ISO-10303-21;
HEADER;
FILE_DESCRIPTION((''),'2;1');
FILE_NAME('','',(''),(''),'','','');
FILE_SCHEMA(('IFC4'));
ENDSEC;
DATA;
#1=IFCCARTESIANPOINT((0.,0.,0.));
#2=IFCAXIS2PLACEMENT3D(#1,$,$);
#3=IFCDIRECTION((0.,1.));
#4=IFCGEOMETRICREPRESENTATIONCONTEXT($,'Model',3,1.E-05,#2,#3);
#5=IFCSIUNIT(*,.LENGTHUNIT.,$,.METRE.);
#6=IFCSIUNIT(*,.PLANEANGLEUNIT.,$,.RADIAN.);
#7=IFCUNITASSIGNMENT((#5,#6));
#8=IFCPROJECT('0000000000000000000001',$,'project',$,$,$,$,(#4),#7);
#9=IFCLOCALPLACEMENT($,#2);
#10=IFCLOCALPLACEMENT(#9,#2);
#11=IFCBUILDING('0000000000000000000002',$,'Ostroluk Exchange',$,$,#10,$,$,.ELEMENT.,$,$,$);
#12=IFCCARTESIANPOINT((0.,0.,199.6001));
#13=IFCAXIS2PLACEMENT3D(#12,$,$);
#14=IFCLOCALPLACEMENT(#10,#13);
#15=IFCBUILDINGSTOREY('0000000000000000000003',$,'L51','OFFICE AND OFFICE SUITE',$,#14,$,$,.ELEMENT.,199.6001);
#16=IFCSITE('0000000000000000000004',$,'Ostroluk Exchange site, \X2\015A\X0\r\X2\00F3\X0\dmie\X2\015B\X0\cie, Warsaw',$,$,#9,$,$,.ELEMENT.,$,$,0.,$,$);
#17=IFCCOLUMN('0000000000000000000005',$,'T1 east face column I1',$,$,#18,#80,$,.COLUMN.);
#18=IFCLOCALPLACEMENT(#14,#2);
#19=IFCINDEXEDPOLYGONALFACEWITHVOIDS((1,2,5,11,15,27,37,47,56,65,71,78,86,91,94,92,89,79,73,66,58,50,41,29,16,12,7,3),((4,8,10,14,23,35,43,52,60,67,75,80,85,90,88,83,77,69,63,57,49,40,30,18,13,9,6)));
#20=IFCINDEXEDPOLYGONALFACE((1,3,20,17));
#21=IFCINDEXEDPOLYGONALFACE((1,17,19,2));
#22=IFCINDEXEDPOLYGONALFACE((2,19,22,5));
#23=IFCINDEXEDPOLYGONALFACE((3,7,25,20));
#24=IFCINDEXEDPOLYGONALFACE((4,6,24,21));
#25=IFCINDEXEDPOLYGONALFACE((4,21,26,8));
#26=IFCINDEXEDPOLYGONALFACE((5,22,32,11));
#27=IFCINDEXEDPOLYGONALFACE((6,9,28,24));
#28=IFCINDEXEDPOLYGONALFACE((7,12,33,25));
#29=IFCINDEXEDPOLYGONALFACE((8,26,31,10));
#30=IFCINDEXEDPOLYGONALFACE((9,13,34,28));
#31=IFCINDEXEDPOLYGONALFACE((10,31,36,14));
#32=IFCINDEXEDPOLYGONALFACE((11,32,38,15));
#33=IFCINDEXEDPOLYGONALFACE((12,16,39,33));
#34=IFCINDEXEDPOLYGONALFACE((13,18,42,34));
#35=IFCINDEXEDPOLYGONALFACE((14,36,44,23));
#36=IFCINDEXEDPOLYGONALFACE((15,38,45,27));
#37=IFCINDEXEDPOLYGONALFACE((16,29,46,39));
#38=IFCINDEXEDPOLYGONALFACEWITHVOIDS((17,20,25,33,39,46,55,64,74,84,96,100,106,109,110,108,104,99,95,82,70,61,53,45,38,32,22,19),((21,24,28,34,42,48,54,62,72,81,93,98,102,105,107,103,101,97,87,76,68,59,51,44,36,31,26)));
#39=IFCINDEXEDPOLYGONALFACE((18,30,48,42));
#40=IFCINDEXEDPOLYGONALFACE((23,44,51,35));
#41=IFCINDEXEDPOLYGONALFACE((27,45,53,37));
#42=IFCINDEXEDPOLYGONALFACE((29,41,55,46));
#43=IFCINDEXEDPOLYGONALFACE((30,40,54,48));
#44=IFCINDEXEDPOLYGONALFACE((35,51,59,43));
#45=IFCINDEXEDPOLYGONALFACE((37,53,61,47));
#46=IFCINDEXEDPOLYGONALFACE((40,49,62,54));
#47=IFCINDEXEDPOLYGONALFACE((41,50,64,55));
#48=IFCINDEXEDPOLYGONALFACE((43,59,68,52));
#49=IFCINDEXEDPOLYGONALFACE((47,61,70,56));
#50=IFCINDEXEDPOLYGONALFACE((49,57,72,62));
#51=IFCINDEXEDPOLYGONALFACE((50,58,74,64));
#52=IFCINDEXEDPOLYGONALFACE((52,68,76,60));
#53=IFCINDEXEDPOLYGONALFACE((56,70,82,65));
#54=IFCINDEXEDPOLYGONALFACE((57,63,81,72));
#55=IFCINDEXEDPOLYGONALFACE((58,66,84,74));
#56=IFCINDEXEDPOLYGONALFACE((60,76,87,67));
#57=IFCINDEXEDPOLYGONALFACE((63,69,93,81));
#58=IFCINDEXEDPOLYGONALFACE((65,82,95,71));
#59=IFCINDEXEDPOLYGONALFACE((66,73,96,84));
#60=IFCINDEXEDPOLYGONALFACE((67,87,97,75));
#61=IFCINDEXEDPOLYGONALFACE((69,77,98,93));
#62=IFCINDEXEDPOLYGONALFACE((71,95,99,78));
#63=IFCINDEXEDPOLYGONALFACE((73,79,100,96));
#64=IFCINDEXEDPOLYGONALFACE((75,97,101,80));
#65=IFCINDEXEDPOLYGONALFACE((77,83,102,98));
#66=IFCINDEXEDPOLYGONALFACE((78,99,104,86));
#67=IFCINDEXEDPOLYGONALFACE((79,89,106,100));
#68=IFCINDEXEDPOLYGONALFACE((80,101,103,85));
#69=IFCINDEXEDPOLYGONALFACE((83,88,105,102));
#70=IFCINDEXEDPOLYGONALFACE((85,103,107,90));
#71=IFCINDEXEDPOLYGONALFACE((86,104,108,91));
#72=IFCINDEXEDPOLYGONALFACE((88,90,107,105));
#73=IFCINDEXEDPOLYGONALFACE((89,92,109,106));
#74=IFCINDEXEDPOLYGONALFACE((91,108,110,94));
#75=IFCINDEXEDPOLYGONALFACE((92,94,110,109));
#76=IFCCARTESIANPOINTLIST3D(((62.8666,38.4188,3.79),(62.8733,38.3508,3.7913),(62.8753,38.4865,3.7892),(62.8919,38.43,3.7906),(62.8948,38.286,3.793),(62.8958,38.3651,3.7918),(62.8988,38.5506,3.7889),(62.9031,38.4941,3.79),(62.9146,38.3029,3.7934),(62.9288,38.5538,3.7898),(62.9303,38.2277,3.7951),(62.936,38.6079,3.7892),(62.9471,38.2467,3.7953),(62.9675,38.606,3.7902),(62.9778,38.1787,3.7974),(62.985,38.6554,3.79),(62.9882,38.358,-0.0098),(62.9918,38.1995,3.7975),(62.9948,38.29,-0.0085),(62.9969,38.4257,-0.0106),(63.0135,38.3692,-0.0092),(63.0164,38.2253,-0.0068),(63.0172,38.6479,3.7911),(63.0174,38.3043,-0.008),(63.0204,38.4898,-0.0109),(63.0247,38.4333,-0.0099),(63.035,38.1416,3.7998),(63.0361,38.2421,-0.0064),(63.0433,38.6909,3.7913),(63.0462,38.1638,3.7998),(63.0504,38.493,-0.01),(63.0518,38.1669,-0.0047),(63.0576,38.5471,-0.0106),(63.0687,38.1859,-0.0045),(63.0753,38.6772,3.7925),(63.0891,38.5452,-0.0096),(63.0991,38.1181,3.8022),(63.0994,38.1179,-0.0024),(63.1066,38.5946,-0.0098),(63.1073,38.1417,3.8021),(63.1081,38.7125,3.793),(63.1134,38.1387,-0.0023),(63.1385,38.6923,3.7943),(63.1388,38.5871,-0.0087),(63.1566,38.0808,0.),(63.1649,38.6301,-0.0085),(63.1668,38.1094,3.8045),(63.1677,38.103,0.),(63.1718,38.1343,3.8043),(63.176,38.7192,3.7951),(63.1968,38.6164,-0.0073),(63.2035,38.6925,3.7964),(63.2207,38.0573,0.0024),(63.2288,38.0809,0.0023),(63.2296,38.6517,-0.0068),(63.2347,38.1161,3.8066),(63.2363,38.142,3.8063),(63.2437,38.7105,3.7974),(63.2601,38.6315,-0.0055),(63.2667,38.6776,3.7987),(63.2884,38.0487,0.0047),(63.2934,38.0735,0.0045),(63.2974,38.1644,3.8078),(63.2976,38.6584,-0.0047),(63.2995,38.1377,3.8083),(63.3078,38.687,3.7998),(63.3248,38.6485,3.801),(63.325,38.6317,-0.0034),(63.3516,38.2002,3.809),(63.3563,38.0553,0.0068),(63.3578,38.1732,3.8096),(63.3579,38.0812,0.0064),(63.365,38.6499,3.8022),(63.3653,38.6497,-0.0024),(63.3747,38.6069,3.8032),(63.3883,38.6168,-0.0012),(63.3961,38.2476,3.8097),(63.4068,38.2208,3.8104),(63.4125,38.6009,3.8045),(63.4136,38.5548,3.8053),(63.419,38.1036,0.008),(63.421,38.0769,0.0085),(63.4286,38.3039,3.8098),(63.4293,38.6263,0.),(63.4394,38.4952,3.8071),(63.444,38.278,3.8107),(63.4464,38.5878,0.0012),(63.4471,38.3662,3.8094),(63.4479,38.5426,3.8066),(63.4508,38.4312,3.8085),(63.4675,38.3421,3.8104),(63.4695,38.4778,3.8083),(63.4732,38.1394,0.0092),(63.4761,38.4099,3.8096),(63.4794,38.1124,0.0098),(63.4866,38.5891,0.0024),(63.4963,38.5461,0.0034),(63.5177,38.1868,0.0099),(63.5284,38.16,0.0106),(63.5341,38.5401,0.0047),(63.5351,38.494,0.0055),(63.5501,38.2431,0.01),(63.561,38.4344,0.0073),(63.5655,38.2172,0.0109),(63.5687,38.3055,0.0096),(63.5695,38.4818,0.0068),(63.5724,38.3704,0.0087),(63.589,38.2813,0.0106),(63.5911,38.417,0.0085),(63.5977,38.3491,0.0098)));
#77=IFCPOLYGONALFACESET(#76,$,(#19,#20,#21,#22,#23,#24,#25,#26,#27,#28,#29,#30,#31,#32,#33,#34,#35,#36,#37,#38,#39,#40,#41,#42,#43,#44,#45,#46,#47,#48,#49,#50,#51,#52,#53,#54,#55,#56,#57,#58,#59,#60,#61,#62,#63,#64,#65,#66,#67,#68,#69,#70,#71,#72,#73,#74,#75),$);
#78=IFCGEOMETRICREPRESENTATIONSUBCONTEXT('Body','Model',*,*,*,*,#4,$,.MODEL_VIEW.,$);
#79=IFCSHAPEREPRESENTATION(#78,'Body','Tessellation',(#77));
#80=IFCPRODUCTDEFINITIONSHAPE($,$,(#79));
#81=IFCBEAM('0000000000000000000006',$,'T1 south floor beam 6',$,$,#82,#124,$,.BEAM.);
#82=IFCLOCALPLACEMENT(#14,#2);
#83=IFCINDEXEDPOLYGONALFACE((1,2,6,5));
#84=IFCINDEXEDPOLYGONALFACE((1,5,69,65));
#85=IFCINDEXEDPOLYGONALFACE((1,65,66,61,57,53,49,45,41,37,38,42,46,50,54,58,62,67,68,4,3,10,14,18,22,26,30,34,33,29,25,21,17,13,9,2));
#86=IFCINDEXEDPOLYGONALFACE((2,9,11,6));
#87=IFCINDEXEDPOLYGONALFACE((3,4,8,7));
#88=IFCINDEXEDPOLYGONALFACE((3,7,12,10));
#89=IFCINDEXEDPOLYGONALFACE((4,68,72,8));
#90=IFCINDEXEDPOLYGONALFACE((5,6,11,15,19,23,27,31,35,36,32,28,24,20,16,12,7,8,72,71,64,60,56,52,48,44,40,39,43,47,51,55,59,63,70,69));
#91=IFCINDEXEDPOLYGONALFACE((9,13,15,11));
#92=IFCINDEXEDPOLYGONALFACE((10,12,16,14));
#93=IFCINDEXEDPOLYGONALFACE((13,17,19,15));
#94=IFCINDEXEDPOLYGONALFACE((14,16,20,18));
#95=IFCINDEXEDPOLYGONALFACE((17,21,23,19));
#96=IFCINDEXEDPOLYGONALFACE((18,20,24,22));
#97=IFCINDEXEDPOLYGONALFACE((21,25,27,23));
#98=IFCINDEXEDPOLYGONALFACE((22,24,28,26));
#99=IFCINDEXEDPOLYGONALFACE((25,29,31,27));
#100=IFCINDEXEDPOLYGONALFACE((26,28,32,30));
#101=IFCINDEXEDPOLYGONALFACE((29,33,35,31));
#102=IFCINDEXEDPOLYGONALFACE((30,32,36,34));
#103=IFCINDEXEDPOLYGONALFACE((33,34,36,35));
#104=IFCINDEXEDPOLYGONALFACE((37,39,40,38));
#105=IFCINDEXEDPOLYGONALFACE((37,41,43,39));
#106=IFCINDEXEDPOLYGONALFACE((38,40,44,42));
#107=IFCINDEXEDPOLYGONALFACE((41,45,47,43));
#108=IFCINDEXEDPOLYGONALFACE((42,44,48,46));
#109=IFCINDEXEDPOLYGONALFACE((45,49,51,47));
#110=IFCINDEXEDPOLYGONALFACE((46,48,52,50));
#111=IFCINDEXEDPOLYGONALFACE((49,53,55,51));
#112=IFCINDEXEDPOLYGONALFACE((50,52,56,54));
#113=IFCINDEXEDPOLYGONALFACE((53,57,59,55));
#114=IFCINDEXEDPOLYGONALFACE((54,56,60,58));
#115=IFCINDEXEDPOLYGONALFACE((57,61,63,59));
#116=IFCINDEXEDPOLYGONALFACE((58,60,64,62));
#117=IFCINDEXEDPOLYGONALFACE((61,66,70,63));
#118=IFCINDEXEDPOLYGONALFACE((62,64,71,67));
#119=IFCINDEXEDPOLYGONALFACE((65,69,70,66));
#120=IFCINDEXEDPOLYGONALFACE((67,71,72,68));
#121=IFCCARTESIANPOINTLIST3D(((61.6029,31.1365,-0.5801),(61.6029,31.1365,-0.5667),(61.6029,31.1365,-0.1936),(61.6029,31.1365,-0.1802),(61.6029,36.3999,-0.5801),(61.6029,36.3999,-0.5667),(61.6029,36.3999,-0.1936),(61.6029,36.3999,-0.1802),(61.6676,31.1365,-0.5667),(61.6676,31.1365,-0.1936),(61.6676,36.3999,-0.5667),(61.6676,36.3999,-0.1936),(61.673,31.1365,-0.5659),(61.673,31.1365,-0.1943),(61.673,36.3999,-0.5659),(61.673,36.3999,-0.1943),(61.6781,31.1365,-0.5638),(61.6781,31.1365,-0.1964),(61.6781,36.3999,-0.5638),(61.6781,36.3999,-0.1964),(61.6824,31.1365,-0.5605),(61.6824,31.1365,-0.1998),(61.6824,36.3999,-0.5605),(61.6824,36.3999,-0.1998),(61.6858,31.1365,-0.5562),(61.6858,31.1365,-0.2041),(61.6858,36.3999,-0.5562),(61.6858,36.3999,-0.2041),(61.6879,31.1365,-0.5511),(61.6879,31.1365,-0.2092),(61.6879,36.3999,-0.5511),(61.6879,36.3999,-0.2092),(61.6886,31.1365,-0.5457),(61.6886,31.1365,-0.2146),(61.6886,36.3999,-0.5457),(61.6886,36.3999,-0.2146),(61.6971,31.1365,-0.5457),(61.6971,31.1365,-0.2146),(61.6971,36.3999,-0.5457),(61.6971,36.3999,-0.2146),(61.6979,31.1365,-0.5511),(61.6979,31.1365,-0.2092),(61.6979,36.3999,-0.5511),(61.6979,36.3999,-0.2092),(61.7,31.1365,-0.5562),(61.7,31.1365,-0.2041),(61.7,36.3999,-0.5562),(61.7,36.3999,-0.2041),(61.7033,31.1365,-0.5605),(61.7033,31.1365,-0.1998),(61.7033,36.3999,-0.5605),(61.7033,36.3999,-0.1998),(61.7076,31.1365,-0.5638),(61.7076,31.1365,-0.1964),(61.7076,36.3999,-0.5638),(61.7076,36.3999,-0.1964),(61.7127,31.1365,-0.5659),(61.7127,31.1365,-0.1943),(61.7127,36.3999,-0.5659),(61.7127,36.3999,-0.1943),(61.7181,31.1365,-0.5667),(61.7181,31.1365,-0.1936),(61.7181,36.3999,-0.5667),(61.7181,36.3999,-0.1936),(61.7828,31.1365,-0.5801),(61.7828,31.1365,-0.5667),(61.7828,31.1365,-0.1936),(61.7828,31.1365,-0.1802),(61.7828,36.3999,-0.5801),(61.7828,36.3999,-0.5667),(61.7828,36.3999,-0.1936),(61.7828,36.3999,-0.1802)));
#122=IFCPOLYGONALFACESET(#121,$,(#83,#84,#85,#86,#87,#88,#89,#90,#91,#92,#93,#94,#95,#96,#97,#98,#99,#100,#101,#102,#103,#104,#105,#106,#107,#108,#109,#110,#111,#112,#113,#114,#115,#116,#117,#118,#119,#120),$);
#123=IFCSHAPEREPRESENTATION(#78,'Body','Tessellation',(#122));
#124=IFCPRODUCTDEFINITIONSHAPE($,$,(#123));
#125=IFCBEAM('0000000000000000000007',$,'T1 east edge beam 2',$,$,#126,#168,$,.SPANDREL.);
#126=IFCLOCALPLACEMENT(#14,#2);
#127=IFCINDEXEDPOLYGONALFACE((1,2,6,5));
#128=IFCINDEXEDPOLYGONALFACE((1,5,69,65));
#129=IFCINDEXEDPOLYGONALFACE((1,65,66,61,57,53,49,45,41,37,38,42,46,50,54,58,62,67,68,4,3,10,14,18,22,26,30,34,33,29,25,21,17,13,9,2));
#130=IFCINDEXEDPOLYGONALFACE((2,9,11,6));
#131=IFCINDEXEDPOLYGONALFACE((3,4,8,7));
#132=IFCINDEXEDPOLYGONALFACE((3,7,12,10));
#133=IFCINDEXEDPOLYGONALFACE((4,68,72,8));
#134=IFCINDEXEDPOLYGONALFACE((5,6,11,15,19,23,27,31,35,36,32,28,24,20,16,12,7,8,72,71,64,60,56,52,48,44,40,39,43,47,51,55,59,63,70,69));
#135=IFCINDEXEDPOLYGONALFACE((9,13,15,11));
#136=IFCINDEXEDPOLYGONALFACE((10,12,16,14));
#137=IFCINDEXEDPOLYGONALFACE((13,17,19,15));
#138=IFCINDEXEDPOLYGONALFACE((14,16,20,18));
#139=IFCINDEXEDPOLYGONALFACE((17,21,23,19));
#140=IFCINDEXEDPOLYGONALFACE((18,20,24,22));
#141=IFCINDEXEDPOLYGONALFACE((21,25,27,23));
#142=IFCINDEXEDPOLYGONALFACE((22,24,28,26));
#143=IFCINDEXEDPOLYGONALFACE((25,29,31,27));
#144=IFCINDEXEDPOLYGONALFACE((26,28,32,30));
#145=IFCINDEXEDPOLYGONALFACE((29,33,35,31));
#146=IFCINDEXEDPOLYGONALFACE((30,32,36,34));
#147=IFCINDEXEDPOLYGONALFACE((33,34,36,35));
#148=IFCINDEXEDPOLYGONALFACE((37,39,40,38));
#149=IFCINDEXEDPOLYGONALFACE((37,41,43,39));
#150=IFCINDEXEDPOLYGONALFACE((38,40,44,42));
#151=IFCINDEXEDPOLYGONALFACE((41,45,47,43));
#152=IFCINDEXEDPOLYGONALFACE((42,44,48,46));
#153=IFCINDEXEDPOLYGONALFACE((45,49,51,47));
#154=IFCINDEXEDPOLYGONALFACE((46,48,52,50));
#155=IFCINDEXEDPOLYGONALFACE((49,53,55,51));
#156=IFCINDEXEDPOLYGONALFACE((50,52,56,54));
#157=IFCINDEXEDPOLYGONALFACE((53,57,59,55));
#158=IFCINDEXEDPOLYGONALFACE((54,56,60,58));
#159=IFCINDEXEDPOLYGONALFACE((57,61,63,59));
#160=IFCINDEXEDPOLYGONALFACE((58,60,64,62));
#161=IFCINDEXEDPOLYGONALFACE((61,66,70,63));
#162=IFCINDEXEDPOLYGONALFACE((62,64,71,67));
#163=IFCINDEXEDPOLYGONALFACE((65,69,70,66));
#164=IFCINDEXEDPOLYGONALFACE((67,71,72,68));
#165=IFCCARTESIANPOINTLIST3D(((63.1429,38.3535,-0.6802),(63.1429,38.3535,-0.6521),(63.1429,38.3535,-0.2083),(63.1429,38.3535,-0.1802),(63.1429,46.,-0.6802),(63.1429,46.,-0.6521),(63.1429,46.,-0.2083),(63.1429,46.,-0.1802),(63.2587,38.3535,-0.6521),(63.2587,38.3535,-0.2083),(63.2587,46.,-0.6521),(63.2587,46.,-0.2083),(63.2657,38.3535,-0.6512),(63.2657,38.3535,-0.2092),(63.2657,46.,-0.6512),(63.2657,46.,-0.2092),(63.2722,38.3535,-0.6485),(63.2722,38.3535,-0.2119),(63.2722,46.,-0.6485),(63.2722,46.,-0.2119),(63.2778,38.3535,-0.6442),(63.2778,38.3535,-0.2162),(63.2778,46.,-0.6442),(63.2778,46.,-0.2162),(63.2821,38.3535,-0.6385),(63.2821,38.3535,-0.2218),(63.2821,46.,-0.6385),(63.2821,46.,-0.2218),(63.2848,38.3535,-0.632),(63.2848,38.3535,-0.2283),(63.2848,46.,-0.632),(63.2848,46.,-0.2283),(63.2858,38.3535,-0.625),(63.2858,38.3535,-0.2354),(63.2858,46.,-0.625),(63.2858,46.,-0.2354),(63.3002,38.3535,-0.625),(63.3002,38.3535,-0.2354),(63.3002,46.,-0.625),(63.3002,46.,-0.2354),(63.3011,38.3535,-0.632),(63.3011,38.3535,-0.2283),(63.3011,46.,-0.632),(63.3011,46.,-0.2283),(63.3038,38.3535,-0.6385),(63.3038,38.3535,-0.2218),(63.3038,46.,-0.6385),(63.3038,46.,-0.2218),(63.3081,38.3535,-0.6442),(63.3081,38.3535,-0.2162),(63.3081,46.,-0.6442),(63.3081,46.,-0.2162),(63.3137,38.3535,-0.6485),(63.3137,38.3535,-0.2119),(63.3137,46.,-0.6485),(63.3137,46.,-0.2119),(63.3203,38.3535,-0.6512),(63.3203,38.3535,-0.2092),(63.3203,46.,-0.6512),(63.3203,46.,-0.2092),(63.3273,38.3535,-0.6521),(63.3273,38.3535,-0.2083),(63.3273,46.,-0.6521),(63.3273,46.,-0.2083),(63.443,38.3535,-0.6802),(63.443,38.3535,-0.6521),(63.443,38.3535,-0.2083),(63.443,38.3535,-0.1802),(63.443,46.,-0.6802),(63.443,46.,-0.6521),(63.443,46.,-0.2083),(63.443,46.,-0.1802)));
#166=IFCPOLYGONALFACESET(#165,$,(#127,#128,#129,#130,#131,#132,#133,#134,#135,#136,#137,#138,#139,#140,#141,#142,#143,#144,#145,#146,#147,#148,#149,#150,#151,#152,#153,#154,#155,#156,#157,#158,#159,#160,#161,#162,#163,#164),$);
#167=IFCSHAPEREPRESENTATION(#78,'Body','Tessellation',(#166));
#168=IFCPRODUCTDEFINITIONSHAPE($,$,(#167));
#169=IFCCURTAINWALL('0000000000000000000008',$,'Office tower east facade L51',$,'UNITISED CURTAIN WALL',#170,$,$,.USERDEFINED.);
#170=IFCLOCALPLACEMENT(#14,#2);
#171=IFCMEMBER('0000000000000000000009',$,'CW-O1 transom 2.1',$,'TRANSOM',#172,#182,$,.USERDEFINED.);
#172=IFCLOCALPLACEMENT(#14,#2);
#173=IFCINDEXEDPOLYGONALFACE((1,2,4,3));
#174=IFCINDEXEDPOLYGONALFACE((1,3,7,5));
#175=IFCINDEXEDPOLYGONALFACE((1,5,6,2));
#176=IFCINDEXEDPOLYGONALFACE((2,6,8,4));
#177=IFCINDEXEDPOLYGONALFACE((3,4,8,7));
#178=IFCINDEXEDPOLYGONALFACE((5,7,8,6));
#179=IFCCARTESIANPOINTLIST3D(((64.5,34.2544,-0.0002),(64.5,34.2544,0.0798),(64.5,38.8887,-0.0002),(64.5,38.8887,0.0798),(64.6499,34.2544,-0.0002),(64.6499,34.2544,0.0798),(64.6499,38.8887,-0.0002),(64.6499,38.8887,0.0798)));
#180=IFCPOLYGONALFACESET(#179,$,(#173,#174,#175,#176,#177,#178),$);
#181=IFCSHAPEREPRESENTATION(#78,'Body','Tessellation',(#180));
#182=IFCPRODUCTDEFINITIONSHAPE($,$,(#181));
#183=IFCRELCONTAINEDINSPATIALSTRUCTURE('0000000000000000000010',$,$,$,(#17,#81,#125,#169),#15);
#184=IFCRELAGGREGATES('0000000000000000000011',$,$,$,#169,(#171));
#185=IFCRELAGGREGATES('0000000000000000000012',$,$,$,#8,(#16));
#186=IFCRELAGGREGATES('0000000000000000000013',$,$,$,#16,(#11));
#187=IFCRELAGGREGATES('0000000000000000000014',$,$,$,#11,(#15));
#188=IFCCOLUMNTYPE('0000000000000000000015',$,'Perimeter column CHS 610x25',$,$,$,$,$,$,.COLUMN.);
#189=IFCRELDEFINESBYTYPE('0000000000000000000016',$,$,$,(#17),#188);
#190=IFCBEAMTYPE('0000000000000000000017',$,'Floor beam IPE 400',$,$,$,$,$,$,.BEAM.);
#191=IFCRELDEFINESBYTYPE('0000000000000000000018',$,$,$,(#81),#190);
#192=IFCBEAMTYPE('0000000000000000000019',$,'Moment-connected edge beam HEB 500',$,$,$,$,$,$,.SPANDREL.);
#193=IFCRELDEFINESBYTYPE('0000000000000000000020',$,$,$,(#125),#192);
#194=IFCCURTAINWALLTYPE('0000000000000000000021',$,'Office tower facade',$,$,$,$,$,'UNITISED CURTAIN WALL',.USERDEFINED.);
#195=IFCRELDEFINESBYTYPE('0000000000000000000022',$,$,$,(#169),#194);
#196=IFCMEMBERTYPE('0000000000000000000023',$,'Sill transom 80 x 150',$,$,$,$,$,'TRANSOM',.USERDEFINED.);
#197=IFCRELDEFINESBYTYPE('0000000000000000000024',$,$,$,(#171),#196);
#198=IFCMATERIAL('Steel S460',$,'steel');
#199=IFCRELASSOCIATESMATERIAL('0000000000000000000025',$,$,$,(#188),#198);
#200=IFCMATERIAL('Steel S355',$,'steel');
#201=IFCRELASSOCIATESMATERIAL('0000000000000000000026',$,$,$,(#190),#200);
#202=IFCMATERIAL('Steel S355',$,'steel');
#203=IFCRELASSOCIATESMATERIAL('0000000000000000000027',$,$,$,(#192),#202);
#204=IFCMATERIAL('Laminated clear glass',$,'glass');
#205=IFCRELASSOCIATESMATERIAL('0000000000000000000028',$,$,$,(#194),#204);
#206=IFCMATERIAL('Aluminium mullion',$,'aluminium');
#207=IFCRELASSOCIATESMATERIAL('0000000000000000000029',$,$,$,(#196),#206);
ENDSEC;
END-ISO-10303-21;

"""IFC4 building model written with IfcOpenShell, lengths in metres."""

from ifc_helpers import new_model, si_unit, direction, frame, origin, origin_2d, place, context, subcontext, project, spatial, rectangle, hollow_circle, i_section, extrude, material, material_profile, profile_set, type_object, element, aggregate, save


model = new_model("IFC4")

# Units and contexts
model_context = context("Model", 3, precision=1e-05, world=origin(), true_north=direction((0.0, 1.0)))
body_context = subcontext(model_context, "Body", "Model", "MODEL_VIEW")
ifc_project = project(units=[si_unit("LENGTHUNIT", "METRE"), si_unit("PLANEANGLEUNIT", "RADIAN")], contexts=[model_context])

# Site, building, storey
site_placement = place(None, origin())
site = spatial("IfcSite", under=ifc_project, at=site_placement, Name="Ostroluk Exchange site, Śródmieście, Warsaw", CompositionType="ELEMENT", RefElevation=0.0)
building_placement = place(site_placement, origin())
building = spatial("IfcBuilding", under=site, at=building_placement, Name="Ostroluk Exchange", CompositionType="ELEMENT")
storey_placement = place(building_placement, frame((0.0, 0.0, 199.6001)))
storey = spatial("IfcBuildingStorey", under=building, at=storey_placement, Name="L51", Description="OFFICE AND OFFICE SUITE", CompositionType="ELEMENT", Elevation=199.6001)

# Column
ifc_material_1 = material(Name="Steel S460", Category="steel")
ifc_material_profile_1 = material_profile(ifc_material_1, hollow_circle(Radius=0.3049, WallThickness=0.0249, at=origin_2d()), Name="CHS 610x25")
ifc_profile_set_1 = profile_set([ifc_material_profile_1], Name="Steel S460")
column_type = type_object("IfcColumnType", Name="Perimeter column CHS 610x25", PredefinedType="COLUMN", material=ifc_profile_set_1)
column_placement = place(storey_placement, frame((63.293, 38.3535, 0.0), z_axis=(-0.031976, 0.015988, 0.999361), x_axis=(-0.447214, -0.894427, 0.0)))
element("IfcColumn", 1, at=column_placement, inside=storey, type_object=column_type, Name="T1 east face column I1", PredefinedType="COLUMN", context=body_context, shape_type="SweptSolid", body=[
    extrude(hollow_circle(Radius=0.3049, WallThickness=0.0249, at=origin_2d()), origin(), (0.0, 0.0, 1.0), 3.8022),
])

# Beams
ifc_material_2 = material(Name="Steel S355", Category="steel")
ifc_material_profile_2 = material_profile(ifc_material_2, i_section(OverallWidth=0.1799, OverallDepth=0.3999, WebThickness=0.0085, FlangeThickness=0.0134, FilletRadius=0.021, at=origin_2d()), Name="IPE 400")
ifc_profile_set_2 = profile_set([ifc_material_profile_2], Name="Steel S355")
beam_type_1 = type_object("IfcBeamType", Name="Floor beam IPE 400", PredefinedType="BEAM", material=ifc_profile_set_2)
beam_1_placement = place(storey_placement, frame((61.6929, 36.3999, -0.3801), z_axis=(0.0, -1.0, 0.0), x_axis=(1.0, 0.0, 0.0)))
element("IfcBeam", 2, at=beam_1_placement, inside=storey, type_object=beam_type_1, Name="T1 south floor beam 6", PredefinedType="BEAM", context=body_context, shape_type="SweptSolid", body=[
    extrude(i_section(OverallWidth=0.1799, OverallDepth=0.3999, WebThickness=0.0085, FlangeThickness=0.0134, FilletRadius=0.021, at=origin_2d()), origin(), (0.0, 0.0, 1.0), 5.2634),
])
ifc_material_3 = material(Name="Steel S355", Category="steel")
ifc_material_profile_3 = material_profile(ifc_material_3, i_section(OverallWidth=0.3, OverallDepth=0.5, WebThickness=0.0144, FlangeThickness=0.0281, FilletRadius=0.0271, at=origin_2d()), Name="HEB 500")
ifc_profile_set_3 = profile_set([ifc_material_profile_3], Name="Steel S355")
beam_type_2 = type_object("IfcBeamType", Name="Moment-connected edge beam HEB 500", PredefinedType="SPANDREL", material=ifc_profile_set_3)
beam_2_placement = place(storey_placement, frame((63.293, 38.3535, -0.4302), z_axis=(0.0, 1.0, 0.0), x_axis=(-1.0, 0.0, 0.0)))
element("IfcBeam", 3, at=beam_2_placement, inside=storey, type_object=beam_type_2, Name="T1 east edge beam 2", PredefinedType="SPANDREL", context=body_context, shape_type="SweptSolid", body=[
    extrude(i_section(OverallWidth=0.3, OverallDepth=0.5, WebThickness=0.0144, FlangeThickness=0.0281, FilletRadius=0.0271, at=origin_2d()), origin(), (0.0, 0.0, 1.0), 7.6465),
])

# Curtain wall, member
ifc_material_4 = material(Name="Laminated clear glass", Category="glass")
curtain_wall_type = type_object("IfcCurtainWallType", Name="Office tower facade", ElementType="UNITISED CURTAIN WALL", PredefinedType="USERDEFINED", material=ifc_material_4)
curtain_wall_placement = place(storey_placement, origin())
curtain_wall = element("IfcCurtainWall", 4, at=curtain_wall_placement, inside=storey, type_object=curtain_wall_type, Name="Office tower east facade L51", ObjectType="UNITISED CURTAIN WALL", PredefinedType="USERDEFINED")
ifc_material_5 = material(Name="Aluminium mullion", Category="aluminium")
ifc_material_profile_4 = material_profile(ifc_material_5, rectangle(XDim=0.1499, YDim=0.0801, at=origin_2d()), Name="Sill transom 80 x 150")
ifc_profile_set_4 = profile_set([ifc_material_profile_4], Name="Aluminium mullion")
member_type_1 = type_object("IfcMemberType", Name="Sill transom 80 x 150", ElementType="TRANSOM", PredefinedType="USERDEFINED", material=ifc_profile_set_4)
member_1_placement = place(storey_placement, frame((64.575, 34.2544, 0.0398), z_axis=(0.0, 1.0, 0.0), x_axis=(-1.0, 0.0, 0.0)))
member_1 = element("IfcMember", 5, at=member_1_placement, type_object=member_type_1, Name="CW-O1 transom 2.1", ObjectType="TRANSOM", PredefinedType="USERDEFINED", context=body_context, shape_type="SweptSolid", body=[
    extrude(rectangle(XDim=0.1499, YDim=0.0801, at=origin_2d()), origin(), (0.0, 0.0, 1.0), 4.6343),
])
aggregate(curtain_wall, [member_1])

save(model, "model.ifc")
